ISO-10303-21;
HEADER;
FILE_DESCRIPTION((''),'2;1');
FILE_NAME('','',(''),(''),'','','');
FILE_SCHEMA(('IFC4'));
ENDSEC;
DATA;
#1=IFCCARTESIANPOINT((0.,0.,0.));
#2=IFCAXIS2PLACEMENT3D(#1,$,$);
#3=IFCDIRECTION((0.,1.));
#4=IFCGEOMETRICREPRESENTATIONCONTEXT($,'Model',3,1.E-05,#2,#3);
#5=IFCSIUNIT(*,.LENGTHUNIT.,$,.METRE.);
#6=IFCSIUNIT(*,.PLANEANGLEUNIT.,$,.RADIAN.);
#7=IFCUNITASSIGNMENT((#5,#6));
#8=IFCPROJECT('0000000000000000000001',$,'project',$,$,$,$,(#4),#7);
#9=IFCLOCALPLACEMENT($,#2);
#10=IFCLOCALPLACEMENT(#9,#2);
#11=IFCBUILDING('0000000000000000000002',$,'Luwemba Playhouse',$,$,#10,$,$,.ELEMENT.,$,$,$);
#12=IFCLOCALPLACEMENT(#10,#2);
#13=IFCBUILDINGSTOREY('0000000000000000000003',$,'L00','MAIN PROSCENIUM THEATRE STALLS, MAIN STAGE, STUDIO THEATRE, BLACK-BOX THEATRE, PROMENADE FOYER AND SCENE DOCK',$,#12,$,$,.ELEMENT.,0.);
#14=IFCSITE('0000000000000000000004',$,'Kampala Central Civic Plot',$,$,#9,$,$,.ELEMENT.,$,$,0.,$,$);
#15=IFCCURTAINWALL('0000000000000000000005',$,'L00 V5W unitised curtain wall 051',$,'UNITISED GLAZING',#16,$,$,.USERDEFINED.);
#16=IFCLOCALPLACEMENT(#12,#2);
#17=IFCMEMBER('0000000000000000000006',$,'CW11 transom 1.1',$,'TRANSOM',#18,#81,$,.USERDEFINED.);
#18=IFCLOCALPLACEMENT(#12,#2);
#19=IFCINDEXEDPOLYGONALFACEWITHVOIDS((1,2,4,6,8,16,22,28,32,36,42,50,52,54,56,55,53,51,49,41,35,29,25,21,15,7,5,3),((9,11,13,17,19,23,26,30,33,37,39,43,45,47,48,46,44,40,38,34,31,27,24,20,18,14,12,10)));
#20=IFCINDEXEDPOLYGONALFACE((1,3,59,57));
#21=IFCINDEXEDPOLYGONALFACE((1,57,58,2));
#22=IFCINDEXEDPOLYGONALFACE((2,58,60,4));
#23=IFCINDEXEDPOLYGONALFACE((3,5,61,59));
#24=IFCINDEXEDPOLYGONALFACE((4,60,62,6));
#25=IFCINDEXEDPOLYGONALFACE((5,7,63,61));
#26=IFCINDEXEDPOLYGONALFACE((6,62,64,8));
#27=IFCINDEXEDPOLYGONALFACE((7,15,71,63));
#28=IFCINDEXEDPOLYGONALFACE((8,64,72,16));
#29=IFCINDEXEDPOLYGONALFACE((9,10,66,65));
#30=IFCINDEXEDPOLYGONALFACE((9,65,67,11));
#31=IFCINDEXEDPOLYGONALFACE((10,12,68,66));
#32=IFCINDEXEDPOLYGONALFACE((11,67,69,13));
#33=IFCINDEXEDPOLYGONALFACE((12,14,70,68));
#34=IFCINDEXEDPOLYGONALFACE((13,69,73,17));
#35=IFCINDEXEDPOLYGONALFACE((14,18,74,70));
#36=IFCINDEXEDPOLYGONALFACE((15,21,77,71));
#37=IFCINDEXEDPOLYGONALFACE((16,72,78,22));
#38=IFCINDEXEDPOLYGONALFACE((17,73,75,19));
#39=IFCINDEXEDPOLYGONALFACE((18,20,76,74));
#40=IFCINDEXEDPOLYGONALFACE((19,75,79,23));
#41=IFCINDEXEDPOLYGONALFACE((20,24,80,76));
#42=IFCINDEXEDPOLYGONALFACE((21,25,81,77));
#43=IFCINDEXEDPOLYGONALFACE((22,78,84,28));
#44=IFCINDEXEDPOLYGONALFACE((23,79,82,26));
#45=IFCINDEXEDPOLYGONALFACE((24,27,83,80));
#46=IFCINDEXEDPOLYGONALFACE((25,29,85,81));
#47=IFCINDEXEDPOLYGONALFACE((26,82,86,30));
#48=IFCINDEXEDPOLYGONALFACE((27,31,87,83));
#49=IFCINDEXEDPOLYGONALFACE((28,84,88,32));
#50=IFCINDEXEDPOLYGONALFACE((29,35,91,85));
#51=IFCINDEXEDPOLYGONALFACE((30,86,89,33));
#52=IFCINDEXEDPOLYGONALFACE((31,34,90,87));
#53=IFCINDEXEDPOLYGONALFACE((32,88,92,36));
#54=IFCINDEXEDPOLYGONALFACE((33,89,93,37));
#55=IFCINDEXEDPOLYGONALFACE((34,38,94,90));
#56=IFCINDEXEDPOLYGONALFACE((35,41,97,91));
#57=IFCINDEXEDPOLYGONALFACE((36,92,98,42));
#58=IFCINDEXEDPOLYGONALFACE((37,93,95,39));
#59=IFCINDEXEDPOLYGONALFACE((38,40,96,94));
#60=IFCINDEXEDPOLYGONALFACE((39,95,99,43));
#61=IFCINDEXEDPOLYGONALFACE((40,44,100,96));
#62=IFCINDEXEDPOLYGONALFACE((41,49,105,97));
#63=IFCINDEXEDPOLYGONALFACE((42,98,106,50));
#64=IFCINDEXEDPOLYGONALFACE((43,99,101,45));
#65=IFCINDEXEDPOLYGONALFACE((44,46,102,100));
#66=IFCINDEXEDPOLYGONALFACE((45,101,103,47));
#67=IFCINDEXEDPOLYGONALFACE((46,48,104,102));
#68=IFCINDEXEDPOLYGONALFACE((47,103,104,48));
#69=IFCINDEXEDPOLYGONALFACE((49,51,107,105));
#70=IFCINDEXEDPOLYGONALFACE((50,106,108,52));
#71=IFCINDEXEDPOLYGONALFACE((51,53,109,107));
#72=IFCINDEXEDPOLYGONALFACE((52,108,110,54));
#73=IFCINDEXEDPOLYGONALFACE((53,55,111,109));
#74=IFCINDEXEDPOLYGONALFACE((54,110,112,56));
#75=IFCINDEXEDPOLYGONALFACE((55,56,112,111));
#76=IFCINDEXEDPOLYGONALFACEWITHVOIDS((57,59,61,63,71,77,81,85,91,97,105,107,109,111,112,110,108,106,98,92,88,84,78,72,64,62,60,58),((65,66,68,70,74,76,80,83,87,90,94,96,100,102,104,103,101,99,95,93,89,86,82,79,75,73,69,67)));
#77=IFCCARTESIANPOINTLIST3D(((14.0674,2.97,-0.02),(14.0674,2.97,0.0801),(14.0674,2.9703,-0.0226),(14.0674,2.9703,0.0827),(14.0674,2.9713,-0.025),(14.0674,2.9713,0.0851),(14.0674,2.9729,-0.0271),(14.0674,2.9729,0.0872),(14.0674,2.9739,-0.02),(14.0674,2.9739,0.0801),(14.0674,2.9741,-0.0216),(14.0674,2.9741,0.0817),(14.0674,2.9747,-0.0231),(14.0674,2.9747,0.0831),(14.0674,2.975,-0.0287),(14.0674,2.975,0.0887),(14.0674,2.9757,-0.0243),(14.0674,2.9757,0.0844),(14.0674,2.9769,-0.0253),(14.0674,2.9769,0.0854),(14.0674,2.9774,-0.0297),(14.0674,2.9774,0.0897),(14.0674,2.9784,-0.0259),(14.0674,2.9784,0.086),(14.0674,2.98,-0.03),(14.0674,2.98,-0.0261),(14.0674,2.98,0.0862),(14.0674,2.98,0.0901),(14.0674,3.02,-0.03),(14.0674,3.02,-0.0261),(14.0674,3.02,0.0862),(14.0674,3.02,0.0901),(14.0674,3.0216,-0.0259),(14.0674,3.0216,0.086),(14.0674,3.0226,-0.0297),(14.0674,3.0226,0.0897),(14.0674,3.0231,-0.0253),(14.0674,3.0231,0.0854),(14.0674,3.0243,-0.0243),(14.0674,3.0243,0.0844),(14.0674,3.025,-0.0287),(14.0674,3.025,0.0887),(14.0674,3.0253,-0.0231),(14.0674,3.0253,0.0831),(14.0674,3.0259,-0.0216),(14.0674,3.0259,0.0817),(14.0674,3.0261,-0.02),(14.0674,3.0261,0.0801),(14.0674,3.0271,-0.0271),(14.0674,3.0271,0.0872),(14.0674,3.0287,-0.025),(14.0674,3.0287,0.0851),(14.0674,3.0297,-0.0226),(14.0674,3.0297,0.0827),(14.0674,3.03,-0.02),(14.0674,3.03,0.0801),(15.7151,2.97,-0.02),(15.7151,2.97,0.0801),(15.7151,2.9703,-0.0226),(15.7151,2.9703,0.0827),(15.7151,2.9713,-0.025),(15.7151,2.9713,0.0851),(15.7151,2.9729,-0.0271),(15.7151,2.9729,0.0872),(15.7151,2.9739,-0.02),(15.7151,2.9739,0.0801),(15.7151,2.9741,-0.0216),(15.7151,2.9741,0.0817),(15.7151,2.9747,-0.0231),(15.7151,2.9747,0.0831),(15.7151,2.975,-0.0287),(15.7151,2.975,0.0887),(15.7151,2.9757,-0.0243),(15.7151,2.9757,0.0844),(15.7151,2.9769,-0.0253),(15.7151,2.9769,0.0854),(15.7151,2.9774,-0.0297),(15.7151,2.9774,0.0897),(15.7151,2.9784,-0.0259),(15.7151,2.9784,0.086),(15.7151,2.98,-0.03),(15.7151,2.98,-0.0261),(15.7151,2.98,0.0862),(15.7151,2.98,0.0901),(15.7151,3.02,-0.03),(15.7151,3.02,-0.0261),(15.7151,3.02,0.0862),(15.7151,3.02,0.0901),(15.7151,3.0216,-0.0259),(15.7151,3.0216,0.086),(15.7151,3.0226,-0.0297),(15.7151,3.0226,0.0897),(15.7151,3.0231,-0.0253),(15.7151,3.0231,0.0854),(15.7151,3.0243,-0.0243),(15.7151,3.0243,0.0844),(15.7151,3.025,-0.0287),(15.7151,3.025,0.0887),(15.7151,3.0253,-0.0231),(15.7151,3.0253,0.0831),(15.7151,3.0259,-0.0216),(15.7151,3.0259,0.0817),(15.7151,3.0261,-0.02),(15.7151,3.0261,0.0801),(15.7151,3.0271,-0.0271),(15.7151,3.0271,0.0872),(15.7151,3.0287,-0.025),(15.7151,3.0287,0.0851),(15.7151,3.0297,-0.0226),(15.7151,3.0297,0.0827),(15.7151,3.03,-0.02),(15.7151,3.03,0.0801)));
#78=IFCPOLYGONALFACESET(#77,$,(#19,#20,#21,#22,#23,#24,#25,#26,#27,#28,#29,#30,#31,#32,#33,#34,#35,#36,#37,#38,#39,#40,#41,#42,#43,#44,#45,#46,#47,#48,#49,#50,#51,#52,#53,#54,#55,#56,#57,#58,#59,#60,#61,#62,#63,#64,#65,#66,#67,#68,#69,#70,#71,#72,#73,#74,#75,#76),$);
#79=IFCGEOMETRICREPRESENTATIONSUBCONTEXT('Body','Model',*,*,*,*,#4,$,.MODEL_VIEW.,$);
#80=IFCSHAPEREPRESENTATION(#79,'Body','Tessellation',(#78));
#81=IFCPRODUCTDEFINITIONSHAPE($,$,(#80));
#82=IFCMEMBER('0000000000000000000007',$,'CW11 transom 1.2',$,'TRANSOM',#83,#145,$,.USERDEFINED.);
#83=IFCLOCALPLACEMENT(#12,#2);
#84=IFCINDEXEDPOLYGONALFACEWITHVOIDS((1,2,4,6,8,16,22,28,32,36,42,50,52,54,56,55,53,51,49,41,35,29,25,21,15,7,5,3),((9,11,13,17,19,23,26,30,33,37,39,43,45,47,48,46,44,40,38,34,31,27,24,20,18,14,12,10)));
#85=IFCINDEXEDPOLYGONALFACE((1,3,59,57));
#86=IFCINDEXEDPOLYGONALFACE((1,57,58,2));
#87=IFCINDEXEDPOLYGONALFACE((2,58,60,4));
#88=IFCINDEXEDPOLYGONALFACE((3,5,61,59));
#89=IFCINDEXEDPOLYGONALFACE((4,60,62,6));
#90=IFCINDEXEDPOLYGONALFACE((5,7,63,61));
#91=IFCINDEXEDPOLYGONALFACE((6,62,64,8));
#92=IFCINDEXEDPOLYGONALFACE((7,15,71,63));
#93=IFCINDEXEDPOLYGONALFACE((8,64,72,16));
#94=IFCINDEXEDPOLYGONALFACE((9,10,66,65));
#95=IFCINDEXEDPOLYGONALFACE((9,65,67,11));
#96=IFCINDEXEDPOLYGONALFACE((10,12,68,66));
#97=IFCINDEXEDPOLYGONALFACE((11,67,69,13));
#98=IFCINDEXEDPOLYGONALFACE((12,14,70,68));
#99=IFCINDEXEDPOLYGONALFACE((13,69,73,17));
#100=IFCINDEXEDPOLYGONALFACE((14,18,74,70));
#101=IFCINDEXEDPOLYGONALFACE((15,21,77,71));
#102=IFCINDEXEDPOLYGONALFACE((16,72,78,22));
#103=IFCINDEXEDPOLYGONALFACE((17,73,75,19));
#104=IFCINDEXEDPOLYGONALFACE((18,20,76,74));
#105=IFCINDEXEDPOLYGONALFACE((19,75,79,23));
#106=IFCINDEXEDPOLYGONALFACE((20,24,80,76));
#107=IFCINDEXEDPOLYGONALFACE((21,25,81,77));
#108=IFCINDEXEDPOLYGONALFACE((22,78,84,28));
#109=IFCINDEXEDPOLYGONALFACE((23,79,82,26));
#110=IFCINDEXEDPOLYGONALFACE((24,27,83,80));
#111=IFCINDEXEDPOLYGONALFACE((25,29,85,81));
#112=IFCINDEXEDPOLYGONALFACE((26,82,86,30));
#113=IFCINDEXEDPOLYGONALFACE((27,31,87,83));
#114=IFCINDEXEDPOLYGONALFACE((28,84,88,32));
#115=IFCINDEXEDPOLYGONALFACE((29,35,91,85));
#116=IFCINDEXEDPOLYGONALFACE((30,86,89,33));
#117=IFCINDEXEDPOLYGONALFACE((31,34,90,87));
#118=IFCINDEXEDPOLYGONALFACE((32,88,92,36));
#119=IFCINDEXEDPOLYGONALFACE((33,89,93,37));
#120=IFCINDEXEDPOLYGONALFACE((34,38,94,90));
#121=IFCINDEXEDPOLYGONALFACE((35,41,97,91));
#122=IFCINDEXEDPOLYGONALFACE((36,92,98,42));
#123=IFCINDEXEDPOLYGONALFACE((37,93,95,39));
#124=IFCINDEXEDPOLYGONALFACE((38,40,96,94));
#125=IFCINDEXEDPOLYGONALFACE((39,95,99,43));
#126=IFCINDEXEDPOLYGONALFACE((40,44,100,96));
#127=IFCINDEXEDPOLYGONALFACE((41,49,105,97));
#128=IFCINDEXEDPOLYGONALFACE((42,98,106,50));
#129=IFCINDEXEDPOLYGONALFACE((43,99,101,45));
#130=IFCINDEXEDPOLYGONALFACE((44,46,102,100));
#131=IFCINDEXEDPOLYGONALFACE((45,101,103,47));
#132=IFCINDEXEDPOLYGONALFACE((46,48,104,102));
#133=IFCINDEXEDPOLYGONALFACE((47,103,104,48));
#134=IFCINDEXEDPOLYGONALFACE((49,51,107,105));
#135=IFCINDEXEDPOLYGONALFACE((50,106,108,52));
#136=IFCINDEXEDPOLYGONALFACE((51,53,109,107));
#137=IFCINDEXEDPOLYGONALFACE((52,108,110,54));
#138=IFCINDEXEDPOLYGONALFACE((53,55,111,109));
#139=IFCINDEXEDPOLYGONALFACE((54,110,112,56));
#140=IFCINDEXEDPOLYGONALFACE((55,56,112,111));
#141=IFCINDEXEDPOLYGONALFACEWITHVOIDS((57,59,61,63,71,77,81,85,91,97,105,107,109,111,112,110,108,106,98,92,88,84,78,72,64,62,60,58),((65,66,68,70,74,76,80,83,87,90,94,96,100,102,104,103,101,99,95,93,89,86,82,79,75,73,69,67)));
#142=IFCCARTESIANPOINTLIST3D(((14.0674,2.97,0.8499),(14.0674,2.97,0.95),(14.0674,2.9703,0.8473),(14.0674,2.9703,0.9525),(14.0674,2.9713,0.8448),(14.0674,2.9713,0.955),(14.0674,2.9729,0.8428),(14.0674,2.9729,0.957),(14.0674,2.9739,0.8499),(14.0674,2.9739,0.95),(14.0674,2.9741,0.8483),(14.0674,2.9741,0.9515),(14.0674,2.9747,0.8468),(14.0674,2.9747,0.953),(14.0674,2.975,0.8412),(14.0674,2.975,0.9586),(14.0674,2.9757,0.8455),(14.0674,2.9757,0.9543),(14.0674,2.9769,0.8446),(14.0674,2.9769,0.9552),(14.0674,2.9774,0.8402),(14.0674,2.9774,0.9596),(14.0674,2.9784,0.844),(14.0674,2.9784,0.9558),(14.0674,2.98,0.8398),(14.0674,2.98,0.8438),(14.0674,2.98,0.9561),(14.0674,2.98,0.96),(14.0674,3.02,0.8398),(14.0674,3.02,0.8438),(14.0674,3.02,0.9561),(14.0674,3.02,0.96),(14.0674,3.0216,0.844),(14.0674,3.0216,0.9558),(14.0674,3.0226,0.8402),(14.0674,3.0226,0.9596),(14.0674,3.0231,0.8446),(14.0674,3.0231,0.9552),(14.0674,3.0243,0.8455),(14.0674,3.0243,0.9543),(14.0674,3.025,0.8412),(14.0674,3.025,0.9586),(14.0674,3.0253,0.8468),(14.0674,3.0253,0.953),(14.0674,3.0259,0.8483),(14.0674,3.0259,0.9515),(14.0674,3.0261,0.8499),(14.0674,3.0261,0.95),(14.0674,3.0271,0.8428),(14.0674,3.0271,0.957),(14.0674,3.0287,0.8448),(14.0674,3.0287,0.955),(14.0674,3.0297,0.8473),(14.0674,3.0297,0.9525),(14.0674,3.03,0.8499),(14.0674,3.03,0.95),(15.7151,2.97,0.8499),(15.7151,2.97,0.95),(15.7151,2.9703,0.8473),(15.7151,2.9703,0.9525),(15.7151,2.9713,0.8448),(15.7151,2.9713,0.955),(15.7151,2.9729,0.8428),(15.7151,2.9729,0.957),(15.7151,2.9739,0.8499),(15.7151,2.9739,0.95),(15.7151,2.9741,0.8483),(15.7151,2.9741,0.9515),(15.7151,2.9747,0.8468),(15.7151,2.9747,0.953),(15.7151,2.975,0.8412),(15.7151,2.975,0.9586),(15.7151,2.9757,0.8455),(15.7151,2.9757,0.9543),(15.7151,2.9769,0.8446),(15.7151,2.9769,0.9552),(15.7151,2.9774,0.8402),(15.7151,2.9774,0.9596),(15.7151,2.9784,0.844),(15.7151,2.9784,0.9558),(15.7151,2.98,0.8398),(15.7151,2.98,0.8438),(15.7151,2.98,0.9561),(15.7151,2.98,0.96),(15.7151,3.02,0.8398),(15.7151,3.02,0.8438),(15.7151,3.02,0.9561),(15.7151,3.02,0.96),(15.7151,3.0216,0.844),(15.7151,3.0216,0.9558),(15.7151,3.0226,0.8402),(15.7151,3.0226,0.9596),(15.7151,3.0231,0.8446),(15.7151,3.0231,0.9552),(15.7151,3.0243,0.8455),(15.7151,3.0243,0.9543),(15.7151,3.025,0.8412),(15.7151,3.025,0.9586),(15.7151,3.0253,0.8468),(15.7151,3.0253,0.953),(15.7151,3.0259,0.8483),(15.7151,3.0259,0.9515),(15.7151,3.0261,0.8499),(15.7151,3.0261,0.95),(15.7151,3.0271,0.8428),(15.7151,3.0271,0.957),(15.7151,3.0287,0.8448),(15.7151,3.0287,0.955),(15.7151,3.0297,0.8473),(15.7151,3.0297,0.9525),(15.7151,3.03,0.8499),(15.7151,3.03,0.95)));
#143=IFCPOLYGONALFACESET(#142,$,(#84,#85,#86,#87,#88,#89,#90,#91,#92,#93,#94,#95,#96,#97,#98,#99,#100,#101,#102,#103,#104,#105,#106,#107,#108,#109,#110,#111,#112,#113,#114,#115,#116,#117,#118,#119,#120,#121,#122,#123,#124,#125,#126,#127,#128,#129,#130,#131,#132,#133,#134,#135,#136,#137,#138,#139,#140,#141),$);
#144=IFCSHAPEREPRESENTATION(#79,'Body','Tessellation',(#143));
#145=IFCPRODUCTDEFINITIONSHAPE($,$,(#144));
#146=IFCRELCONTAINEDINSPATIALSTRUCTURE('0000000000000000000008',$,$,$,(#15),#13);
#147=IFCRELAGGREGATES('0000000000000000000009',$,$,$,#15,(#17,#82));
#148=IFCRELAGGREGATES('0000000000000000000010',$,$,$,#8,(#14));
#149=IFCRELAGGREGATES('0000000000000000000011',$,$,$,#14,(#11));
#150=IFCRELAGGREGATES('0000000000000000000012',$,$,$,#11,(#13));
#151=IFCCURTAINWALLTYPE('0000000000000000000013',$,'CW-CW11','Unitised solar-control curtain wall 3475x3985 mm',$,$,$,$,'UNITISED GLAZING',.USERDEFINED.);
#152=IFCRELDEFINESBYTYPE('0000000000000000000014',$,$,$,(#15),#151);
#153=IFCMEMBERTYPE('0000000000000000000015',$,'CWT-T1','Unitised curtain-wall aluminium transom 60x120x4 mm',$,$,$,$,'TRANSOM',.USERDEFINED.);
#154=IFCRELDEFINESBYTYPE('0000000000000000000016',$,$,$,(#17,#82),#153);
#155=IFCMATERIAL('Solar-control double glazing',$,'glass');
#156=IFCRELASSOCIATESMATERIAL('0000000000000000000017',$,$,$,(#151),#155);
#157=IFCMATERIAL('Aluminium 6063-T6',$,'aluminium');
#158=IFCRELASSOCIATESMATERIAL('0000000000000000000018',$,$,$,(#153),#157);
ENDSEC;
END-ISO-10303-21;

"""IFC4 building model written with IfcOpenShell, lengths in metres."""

from ifc_helpers import new_model, si_unit, direction, frame, origin, origin_2d, place, context, subcontext, project, spatial, hollow_rectangle, extrude, material, material_profile, profile_set, type_object, element, aggregate, save


model = new_model("IFC4")

# Units and contexts
model_context = context("Model", 3, precision=1e-05, world=origin(), true_north=direction((0.0, 1.0)))
body_context = subcontext(model_context, "Body", "Model", "MODEL_VIEW")
ifc_project = project(units=[si_unit("LENGTHUNIT", "METRE"), si_unit("PLANEANGLEUNIT", "RADIAN")], contexts=[model_context])

# Site, building, storey
site_placement = place(None, origin())
site = spatial("IfcSite", under=ifc_project, at=site_placement, Name="Kampala Central Civic Plot", CompositionType="ELEMENT", RefElevation=0.0)
building_placement = place(site_placement, origin())
building = spatial("IfcBuilding", under=site, at=building_placement, Name="Luwemba Playhouse", CompositionType="ELEMENT")
storey_placement = place(building_placement, origin())
storey = spatial("IfcBuildingStorey", under=building, at=storey_placement, Name="L00", Description="MAIN PROSCENIUM THEATRE STALLS, MAIN STAGE, STUDIO THEATRE, BLACK-BOX THEATRE, PROMENADE FOYER AND SCENE DOCK", CompositionType="ELEMENT", Elevation=0.0)

# Curtain wall
ifc_material_1 = material(Name="Solar-control double glazing", Category="glass")
curtain_wall_type_1 = type_object("IfcCurtainWallType", Name="CW-CW11", Description="Unitised solar-control curtain wall 3475x3985 mm", ElementType="UNITISED GLAZING", PredefinedType="USERDEFINED", material=ifc_material_1)
curtain_wall_1_placement = place(storey_placement, origin())
curtain_wall_1 = element("IfcCurtainWall", 1, at=curtain_wall_1_placement, inside=storey, type_object=curtain_wall_type_1, Name="L00 V5W unitised curtain wall 051", ObjectType="UNITISED GLAZING", PredefinedType="USERDEFINED")
ifc_material_2 = material(Name="Aluminium 6063-T6", Category="aluminium")

# Members
ifc_material_profile_1 = material_profile(ifc_material_2, hollow_rectangle(XDim=0.0601, YDim=0.1201, WallThickness=0.0039, InnerFilletRadius=0.0061, OuterFilletRadius=0.01, at=origin_2d()))
ifc_profile_set_1 = profile_set([ifc_material_profile_1], Name="Aluminium 6063-T6")
member_type_1 = type_object("IfcMemberType", Name="CWT-T1", Description="Unitised curtain-wall aluminium transom 60x120x4 mm", ElementType="TRANSOM", PredefinedType="USERDEFINED", material=ifc_profile_set_1)
member_1_placement = place(storey_placement, frame((15.7151, 3.0, 0.03), z_axis=(-1.0, 0.0, 0.0), x_axis=(0.0, -1.0, 0.0)))
member_1 = element("IfcMember", 2, at=member_1_placement, type_object=member_type_1, Name="CW11 transom 1.1", ObjectType="TRANSOM", PredefinedType="USERDEFINED", context=body_context, shape_type="SweptSolid", body=[
    extrude(hollow_rectangle(XDim=0.0601, YDim=0.1201, WallThickness=0.0039, InnerFilletRadius=0.0061, OuterFilletRadius=0.01, at=origin_2d()), origin(), (0.0, 0.0, 1.0), 1.6477),
])
member_2_placement = place(storey_placement, frame((15.7151, 3.0, 0.8999), z_axis=(-1.0, 0.0, 0.0), x_axis=(0.0, -1.0, 0.0)))
member_2 = element("IfcMember", 3, at=member_2_placement, type_object=member_type_1, Name="CW11 transom 1.2", ObjectType="TRANSOM", PredefinedType="USERDEFINED", context=body_context, shape_type="SweptSolid", body=[
    extrude(hollow_rectangle(XDim=0.0601, YDim=0.1201, WallThickness=0.0039, InnerFilletRadius=0.0061, OuterFilletRadius=0.01, at=origin_2d()), origin(), (0.0, 0.0, 1.0), 1.6477),
])
aggregate(curtain_wall_1, [member_1, member_2])

save(model, "model.ifc")
